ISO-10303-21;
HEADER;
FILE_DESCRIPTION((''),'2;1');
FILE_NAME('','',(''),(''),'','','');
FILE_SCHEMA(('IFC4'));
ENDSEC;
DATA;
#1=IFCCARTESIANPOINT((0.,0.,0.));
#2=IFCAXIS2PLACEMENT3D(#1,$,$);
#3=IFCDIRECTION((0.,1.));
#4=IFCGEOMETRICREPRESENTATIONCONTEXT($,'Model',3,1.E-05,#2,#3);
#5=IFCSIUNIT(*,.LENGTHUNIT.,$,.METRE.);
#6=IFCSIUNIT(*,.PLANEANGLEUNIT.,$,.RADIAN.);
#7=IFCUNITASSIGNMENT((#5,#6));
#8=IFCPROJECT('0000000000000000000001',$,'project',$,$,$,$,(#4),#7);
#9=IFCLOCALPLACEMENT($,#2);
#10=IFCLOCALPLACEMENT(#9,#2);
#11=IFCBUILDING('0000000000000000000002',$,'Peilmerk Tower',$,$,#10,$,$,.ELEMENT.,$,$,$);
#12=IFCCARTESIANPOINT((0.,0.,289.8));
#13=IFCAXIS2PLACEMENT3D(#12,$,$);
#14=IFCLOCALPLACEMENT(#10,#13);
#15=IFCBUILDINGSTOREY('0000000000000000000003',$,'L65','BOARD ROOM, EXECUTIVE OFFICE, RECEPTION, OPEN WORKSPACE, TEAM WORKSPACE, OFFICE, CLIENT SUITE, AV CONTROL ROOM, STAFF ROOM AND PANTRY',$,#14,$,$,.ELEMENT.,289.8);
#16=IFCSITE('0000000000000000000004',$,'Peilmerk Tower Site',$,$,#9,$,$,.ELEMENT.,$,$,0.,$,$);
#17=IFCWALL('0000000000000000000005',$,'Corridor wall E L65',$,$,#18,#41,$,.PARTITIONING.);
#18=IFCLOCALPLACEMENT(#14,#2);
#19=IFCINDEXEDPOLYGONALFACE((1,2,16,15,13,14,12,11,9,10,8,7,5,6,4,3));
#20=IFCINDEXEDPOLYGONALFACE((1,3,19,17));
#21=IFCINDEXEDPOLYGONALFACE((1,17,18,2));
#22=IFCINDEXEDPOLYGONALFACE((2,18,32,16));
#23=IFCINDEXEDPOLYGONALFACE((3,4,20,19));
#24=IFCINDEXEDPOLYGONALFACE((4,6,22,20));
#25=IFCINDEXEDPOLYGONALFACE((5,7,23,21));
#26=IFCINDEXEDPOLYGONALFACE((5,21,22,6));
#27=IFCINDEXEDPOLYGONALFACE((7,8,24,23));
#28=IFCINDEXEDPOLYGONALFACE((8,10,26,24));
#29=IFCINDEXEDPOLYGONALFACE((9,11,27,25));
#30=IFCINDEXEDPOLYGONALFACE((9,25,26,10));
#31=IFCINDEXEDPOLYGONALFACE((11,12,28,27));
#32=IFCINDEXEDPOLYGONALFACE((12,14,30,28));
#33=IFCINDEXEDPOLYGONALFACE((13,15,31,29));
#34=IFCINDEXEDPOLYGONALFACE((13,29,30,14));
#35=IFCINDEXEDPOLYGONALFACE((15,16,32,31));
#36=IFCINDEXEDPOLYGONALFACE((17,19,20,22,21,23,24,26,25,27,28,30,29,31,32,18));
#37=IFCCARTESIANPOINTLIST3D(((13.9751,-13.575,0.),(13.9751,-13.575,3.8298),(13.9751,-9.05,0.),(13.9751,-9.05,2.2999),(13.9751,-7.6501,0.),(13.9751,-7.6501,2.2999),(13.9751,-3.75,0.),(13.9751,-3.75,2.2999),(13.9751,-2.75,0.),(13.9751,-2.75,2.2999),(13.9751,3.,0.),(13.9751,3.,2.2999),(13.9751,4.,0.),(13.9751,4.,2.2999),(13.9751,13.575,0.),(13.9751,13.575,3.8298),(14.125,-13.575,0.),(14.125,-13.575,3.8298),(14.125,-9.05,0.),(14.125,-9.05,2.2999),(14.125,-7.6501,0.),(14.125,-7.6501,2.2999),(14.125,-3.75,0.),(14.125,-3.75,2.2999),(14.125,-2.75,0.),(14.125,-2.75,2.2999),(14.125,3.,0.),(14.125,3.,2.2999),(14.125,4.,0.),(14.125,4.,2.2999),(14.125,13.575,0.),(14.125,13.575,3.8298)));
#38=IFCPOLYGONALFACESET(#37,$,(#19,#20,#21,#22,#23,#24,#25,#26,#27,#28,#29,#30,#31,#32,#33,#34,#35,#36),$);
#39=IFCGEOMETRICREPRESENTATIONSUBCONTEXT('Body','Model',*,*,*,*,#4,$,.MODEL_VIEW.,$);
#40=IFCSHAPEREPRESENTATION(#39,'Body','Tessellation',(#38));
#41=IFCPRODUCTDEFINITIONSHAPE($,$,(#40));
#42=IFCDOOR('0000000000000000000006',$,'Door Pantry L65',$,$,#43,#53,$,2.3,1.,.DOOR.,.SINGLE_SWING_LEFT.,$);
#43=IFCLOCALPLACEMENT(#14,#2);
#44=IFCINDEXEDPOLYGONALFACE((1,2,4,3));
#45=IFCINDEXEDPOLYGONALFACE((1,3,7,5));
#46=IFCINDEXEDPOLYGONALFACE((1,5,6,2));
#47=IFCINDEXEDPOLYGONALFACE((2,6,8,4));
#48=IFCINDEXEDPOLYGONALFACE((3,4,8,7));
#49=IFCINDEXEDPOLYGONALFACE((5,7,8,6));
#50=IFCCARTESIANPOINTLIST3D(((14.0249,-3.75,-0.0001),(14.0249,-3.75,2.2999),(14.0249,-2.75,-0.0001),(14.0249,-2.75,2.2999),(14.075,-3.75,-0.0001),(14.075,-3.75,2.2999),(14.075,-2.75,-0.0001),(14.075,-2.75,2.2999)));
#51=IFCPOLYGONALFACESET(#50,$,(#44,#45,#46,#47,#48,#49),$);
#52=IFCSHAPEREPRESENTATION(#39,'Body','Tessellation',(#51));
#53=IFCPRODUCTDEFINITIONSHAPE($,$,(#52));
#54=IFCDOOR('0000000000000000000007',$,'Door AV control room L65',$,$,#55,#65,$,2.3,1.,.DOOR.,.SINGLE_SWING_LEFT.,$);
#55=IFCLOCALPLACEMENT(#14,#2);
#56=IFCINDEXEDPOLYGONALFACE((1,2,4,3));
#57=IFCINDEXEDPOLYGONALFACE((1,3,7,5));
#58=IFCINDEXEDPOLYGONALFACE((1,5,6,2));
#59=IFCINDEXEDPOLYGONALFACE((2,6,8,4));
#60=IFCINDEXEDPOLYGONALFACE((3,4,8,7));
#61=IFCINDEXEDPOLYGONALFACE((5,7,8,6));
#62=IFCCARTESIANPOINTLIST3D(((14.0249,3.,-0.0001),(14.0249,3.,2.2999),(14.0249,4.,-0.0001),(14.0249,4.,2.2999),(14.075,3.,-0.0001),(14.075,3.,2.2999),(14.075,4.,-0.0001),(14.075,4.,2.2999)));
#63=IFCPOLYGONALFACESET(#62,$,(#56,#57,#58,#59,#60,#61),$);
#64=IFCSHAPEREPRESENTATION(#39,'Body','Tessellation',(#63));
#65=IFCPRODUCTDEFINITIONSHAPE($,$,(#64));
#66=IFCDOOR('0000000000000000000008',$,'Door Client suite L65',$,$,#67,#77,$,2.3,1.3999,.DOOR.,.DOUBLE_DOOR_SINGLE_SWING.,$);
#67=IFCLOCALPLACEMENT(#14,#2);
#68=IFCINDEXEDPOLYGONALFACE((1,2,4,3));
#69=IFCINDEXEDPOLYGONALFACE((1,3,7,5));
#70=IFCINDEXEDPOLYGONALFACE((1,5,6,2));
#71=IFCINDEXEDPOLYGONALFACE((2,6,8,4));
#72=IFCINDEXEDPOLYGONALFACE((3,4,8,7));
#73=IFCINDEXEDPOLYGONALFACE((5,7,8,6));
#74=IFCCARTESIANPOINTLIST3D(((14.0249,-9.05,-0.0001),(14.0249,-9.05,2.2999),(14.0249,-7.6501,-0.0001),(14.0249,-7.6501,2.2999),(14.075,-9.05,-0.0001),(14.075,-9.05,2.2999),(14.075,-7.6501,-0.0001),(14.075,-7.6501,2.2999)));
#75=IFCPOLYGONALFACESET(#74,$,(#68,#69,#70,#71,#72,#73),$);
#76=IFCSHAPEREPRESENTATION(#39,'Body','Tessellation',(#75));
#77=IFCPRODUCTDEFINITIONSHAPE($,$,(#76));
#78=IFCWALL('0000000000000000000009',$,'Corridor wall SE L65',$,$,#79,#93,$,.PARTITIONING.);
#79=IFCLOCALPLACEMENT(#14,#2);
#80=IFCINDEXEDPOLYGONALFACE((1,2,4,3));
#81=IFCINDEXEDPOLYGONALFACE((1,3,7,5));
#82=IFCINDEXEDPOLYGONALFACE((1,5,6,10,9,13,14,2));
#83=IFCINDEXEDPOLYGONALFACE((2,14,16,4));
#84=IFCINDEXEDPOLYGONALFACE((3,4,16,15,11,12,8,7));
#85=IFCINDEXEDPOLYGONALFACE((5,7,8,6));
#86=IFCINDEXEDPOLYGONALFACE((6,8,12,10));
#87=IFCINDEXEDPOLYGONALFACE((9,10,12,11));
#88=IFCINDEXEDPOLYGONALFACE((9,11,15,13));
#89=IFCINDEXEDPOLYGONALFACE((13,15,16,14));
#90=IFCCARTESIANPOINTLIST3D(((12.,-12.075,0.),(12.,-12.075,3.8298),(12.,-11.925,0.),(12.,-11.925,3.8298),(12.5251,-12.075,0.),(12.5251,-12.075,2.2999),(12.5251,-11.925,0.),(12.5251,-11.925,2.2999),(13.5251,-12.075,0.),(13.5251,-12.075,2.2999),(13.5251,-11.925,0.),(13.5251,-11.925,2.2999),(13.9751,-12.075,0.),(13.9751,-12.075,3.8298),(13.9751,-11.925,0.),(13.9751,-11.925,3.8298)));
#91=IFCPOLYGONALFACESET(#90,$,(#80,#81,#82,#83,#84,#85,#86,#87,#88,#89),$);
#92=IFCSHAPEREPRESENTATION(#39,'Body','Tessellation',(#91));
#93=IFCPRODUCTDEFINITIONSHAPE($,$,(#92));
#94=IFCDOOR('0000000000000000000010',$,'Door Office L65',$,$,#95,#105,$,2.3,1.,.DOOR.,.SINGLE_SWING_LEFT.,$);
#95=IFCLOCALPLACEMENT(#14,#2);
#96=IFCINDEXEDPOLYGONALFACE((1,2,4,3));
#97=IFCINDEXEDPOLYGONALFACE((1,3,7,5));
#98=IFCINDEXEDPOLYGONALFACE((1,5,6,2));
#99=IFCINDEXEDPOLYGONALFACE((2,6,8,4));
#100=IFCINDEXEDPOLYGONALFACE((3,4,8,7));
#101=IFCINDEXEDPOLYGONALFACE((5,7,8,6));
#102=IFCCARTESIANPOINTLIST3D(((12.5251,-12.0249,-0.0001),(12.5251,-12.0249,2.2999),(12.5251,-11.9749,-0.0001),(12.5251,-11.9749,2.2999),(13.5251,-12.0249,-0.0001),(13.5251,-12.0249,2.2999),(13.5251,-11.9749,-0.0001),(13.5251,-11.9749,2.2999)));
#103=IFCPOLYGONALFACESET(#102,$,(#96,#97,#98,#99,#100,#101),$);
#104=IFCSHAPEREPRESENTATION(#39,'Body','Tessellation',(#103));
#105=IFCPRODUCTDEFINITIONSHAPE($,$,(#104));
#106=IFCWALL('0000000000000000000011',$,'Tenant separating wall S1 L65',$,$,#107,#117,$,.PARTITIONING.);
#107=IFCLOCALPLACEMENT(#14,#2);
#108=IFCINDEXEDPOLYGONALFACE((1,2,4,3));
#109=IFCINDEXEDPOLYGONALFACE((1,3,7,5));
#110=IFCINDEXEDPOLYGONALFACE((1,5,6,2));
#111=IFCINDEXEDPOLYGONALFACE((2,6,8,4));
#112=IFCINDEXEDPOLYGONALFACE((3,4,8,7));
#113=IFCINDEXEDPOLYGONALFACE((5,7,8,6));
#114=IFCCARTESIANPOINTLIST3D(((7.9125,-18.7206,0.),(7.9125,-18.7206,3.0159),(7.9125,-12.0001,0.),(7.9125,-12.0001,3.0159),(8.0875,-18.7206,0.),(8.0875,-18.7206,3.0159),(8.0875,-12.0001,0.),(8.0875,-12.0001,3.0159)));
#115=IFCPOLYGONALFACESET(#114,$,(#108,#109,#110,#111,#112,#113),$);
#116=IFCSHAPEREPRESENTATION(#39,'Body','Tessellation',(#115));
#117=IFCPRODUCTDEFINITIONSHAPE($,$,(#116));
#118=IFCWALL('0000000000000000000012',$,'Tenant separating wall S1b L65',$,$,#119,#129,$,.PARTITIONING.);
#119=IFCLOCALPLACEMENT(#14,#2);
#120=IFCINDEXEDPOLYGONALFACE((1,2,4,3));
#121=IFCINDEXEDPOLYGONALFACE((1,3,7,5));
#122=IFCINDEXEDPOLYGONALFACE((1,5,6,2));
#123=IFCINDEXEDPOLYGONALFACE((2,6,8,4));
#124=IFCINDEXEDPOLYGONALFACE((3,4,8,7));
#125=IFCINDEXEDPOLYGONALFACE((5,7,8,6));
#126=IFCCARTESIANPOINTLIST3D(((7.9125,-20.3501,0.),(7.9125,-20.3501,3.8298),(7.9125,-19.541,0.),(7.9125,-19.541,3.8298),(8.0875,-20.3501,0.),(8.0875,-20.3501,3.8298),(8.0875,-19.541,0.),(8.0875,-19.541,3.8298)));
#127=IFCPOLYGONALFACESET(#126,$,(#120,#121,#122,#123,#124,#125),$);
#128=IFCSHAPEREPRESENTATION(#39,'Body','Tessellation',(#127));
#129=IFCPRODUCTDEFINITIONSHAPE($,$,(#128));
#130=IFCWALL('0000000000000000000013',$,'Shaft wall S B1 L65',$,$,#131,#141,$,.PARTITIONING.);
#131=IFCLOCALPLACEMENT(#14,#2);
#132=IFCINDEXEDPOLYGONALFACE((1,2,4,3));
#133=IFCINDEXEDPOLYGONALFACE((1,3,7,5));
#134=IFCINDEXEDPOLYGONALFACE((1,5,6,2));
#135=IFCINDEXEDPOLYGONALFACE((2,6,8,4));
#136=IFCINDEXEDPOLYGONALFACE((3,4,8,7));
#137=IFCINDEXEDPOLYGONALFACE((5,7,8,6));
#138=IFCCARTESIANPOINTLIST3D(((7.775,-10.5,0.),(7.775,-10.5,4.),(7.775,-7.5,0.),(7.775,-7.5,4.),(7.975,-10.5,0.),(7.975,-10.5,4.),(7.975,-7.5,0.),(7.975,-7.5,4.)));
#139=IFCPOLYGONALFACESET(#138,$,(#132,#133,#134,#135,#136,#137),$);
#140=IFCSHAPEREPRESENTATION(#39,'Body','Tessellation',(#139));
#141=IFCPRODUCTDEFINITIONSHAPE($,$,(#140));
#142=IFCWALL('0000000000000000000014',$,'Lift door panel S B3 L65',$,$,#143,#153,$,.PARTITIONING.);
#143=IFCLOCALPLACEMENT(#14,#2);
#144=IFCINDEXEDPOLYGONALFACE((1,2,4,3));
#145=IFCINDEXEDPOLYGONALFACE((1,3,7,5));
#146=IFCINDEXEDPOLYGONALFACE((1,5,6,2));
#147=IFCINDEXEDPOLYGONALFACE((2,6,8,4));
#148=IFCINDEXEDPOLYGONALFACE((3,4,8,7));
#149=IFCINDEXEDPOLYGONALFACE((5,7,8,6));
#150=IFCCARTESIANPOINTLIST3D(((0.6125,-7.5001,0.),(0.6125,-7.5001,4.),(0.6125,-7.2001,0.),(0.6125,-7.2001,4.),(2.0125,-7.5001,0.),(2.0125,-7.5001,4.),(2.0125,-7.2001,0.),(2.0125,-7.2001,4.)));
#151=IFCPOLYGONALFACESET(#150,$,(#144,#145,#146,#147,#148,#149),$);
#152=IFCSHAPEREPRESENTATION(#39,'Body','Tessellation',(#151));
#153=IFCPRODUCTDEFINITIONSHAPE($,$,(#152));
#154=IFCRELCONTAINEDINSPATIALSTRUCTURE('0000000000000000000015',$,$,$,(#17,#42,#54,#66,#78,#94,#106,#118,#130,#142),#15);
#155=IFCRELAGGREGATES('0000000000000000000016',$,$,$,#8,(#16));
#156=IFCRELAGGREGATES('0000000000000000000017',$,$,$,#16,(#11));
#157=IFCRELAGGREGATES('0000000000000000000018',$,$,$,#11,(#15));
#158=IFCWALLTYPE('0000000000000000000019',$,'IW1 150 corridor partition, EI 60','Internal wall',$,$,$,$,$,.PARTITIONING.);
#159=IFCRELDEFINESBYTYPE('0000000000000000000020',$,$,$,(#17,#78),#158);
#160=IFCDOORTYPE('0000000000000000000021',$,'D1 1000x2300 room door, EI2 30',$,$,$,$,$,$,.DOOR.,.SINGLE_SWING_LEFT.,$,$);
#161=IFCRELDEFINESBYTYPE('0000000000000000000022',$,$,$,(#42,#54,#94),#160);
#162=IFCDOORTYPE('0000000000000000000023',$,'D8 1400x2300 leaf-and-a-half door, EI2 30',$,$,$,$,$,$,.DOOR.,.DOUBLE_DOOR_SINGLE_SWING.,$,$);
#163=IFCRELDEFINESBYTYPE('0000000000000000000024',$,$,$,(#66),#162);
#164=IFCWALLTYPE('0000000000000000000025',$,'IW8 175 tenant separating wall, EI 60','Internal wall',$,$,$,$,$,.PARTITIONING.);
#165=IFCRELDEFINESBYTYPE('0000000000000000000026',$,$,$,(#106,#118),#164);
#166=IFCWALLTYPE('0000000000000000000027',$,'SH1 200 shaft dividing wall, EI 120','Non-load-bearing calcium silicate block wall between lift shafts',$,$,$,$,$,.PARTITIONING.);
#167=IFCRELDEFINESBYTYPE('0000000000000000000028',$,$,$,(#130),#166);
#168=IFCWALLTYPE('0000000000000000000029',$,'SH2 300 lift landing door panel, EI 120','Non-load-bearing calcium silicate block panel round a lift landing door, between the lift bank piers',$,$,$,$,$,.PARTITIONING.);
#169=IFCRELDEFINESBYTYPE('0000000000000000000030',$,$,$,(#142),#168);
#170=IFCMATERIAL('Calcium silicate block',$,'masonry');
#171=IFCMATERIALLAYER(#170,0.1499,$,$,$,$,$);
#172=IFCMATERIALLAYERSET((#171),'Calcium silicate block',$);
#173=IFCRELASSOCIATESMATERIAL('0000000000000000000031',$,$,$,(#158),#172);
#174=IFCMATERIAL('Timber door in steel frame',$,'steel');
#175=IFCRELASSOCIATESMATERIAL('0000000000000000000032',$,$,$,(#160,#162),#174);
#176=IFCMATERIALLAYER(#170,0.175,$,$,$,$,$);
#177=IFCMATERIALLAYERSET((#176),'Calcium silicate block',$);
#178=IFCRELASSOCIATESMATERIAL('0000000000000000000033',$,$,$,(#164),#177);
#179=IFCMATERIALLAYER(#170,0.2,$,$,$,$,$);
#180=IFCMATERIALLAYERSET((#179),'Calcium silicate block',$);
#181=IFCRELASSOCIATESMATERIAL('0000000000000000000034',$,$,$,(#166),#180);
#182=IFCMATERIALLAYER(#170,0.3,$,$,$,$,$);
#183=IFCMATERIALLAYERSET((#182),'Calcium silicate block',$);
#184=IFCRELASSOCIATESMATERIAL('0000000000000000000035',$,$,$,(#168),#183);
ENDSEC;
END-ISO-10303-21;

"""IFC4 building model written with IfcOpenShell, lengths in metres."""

from ifc_helpers import new_model, si_unit, direction, frame, frame_2d, origin, place, context, subcontext, project, spatial, rectangle, extrude, material, layer, layer_set, type_object, element, fill, save


model = new_model("IFC4")

# Units and contexts
model_context = context("Model", 3, precision=1e-05, world=origin(), true_north=direction((0.0, 1.0)))
body_context = subcontext(model_context, "Body", "Model", "MODEL_VIEW")
ifc_project = project(units=[si_unit("LENGTHUNIT", "METRE"), si_unit("PLANEANGLEUNIT", "RADIAN")], contexts=[model_context])

# Site, building, storey
site_placement = place(None, origin())
site = spatial("IfcSite", under=ifc_project, at=site_placement, Name="Peilmerk Tower Site", CompositionType="ELEMENT", RefElevation=0.0)
building_placement = place(site_placement, origin())
building = spatial("IfcBuilding", under=site, at=building_placement, Name="Peilmerk Tower", CompositionType="ELEMENT")
storey_placement = place(building_placement, frame((0.0, 0.0, 289.8)))
storey = spatial("IfcBuildingStorey", under=building, at=storey_placement, Name="L65", Description="BOARD ROOM, EXECUTIVE OFFICE, RECEPTION, OPEN WORKSPACE, TEAM WORKSPACE, OFFICE, CLIENT SUITE, AV CONTROL ROOM, STAFF ROOM AND PANTRY", CompositionType="ELEMENT", Elevation=289.8)

# Wall, openings, doors
ifc_material_1 = material(Name="Calcium silicate block", Category="masonry")
ifc_layer_1 = layer(ifc_material_1, 0.1499)
ifc_layer_set_1 = layer_set([ifc_layer_1], Name="Calcium silicate block")
wall_type_1 = type_object("IfcWallType", Name="IW1 150 corridor partition, EI 60", Description="Internal wall", PredefinedType="PARTITIONING", material=ifc_layer_set_1)
wall_1_placement = place(storey_placement, frame((14.05, -13.575, 0.0), z_axis=(0.0, 0.0, 1.0), x_axis=(0.0, 1.0, 0.0)))
wall_1 = element("IfcWall", 1, at=wall_1_placement, inside=storey, type_object=wall_type_1, Name="Corridor wall E L65", PredefinedType="PARTITIONING", context=body_context, shape_type="SweptSolid", body=[
    extrude(rectangle(XDim=27.1499, YDim=0.1499, at=frame_2d((13.575, 0.0))), origin(), (0.0, 0.0, 1.0), 3.8298),
])
opening_1_placement = place(wall_1_placement, frame((4.5249, 0.0, 0.0)))
opening_1 = element("IfcOpeningElement", 2, at=opening_1_placement, cuts=wall_1, PredefinedType="OPENING", context=body_context, shape_type="SweptSolid", body=[
    extrude(rectangle(XDim=1.3999, YDim=2.3, at=frame_2d((0.7, 1.1499))), frame((0.0, 0.085, 0.0), z_axis=(0.0, -1.0, 0.0), x_axis=(1.0, 0.0, 0.0)), (0.0, 0.0, 1.0), 0.1699),
])
opening_2_placement = place(wall_1_placement, frame((9.825, 0.0, 0.0)))
opening_2 = element("IfcOpeningElement", 3, at=opening_2_placement, cuts=wall_1, PredefinedType="OPENING", context=body_context, shape_type="SweptSolid", body=[
    extrude(rectangle(XDim=1.0, YDim=2.3, at=frame_2d((0.5, 1.1499))), frame((0.0, 0.085, 0.0), z_axis=(0.0, -1.0, 0.0), x_axis=(1.0, 0.0, 0.0)), (0.0, 0.0, 1.0), 0.1699),
])
opening_3_placement = place(wall_1_placement, frame((16.575, 0.0, 0.0)))
opening_3 = element("IfcOpeningElement", 4, at=opening_3_placement, cuts=wall_1, PredefinedType="OPENING", context=body_context, shape_type="SweptSolid", body=[
    extrude(rectangle(XDim=1.0, YDim=2.3, at=frame_2d((0.5, 1.1499))), frame((0.0, 0.085, 0.0), z_axis=(0.0, -1.0, 0.0), x_axis=(1.0, 0.0, 0.0)), (0.0, 0.0, 1.0), 0.1699),
])
ifc_material_2 = material(Name="Timber door in steel frame", Category="steel")
door_type_1 = type_object("IfcDoorType", Name="D1 1000x2300 room door, EI2 30", OperationType="SINGLE_SWING_LEFT", PredefinedType="DOOR", material=ifc_material_2)
door_1_placement = place(opening_2_placement, frame((1.0, 0.0, 0.0), z_axis=(0.0, 0.0, 1.0), x_axis=(-1.0, 0.0, 0.0)))
door_1 = element("IfcDoor", 5, at=door_1_placement, inside=storey, type_object=door_type_1, Name="Door Pantry L65", OperationType="SINGLE_SWING_LEFT", OverallHeight=2.3, OverallWidth=1.0, PredefinedType="DOOR", context=body_context, shape_type="SweptSolid", body=[
    extrude(rectangle(XDim=1.0, YDim=2.3, at=frame_2d((0.5, 1.1499))), frame((0.0, 0.0249, 0.0), z_axis=(0.0, -1.0, 0.0), x_axis=(1.0, 0.0, 0.0)), (0.0, 0.0, 1.0), 0.05),
])
fill(opening_2, door_1)
door_2_placement = place(opening_3_placement, frame((1.0, 0.0, 0.0), z_axis=(0.0, 0.0, 1.0), x_axis=(-1.0, 0.0, 0.0)))
door_2 = element("IfcDoor", 6, at=door_2_placement, inside=storey, type_object=door_type_1, Name="Door AV control room L65", OperationType="SINGLE_SWING_LEFT", OverallHeight=2.3, OverallWidth=1.0, PredefinedType="DOOR", context=body_context, shape_type="SweptSolid", body=[
    extrude(rectangle(XDim=1.0, YDim=2.3, at=frame_2d((0.5, 1.1499))), frame((0.0, 0.0249, 0.0), z_axis=(0.0, -1.0, 0.0), x_axis=(1.0, 0.0, 0.0)), (0.0, 0.0, 1.0), 0.05),
])
fill(opening_3, door_2)
door_type_2 = type_object("IfcDoorType", Name="D8 1400x2300 leaf-and-a-half door, EI2 30", OperationType="DOUBLE_DOOR_SINGLE_SWING", PredefinedType="DOOR", material=ifc_material_2)
door_3_placement = place(opening_1_placement, frame((1.3999, 0.0, 0.0), z_axis=(0.0, 0.0, 1.0), x_axis=(-1.0, 0.0, 0.0)))
door_3 = element("IfcDoor", 7, at=door_3_placement, inside=storey, type_object=door_type_2, Name="Door Client suite L65", OperationType="DOUBLE_DOOR_SINGLE_SWING", OverallHeight=2.3, OverallWidth=1.3999, PredefinedType="DOOR", context=body_context, shape_type="SweptSolid", body=[
    extrude(rectangle(XDim=1.3999, YDim=2.3, at=frame_2d((0.7, 1.1499))), frame((0.0, 0.0249, 0.0), z_axis=(0.0, -1.0, 0.0), x_axis=(1.0, 0.0, 0.0)), (0.0, 0.0, 1.0), 0.05),
])
fill(opening_1, door_3)

# Wall, opening, door
wall_2_placement = place(storey_placement, frame((13.9751, -12.0, 0.0), z_axis=(0.0, 0.0, 1.0), x_axis=(-1.0, 0.0, 0.0)))
wall_2 = element("IfcWall", 8, at=wall_2_placement, inside=storey, type_object=wall_type_1, Name="Corridor wall SE L65", PredefinedType="PARTITIONING", context=body_context, shape_type="SweptSolid", body=[
    extrude(rectangle(XDim=1.9751, YDim=0.1499, at=frame_2d((0.9875, 0.0))), origin(), (0.0, 0.0, 1.0), 3.8298),
])
opening_4_placement = place(wall_2_placement, frame((0.45, 0.0, 0.0)))
opening_4 = element("IfcOpeningElement", 9, at=opening_4_placement, cuts=wall_2, PredefinedType="OPENING", context=body_context, shape_type="SweptSolid", body=[
    extrude(rectangle(XDim=1.0, YDim=2.3, at=frame_2d((0.5, 1.1499))), frame((0.0, 0.085, 0.0), z_axis=(0.0, -1.0, 0.0), x_axis=(1.0, 0.0, 0.0)), (0.0, 0.0, 1.0), 0.1699),
])
door_4_placement = place(opening_4_placement, origin())
door_4 = element("IfcDoor", 10, at=door_4_placement, inside=storey, type_object=door_type_1, Name="Door Office L65", OperationType="SINGLE_SWING_LEFT", OverallHeight=2.3, OverallWidth=1.0, PredefinedType="DOOR", context=body_context, shape_type="SweptSolid", body=[
    extrude(rectangle(XDim=1.0, YDim=2.3, at=frame_2d((0.5, 1.1499))), frame((0.0, 0.0249, 0.0), z_axis=(0.0, -1.0, 0.0), x_axis=(1.0, 0.0, 0.0)), (0.0, 0.0, 1.0), 0.05),
])
fill(opening_4, door_4)

# Walls
ifc_layer_2 = layer(ifc_material_1, 0.175)
ifc_layer_set_2 = layer_set([ifc_layer_2], Name="Calcium silicate block")
wall_type_2 = type_object("IfcWallType", Name="IW8 175 tenant separating wall, EI 60", Description="Internal wall", PredefinedType="PARTITIONING", material=ifc_layer_set_2)
wall_3_placement = place(storey_placement, frame((8.0, -12.0, 0.0), z_axis=(0.0, 0.0, 1.0), x_axis=(0.0, -1.0, 0.0)))
element("IfcWall", 11, at=wall_3_placement, inside=storey, type_object=wall_type_2, Name="Tenant separating wall S1 L65", PredefinedType="PARTITIONING", context=body_context, shape_type="SweptSolid", body=[
    extrude(rectangle(XDim=6.7205, YDim=0.175, at=frame_2d((3.3604, 0.0))), origin(), (0.0, 0.0, 1.0), 3.0159),
])
wall_4_placement = place(storey_placement, frame((8.0, -19.541, 0.0), z_axis=(0.0, 0.0, 1.0), x_axis=(0.0, -1.0, 0.0)))
element("IfcWall", 12, at=wall_4_placement, inside=storey, type_object=wall_type_2, Name="Tenant separating wall S1b L65", PredefinedType="PARTITIONING", context=body_context, shape_type="SweptSolid", body=[
    extrude(rectangle(XDim=0.8091, YDim=0.175, at=frame_2d((0.4045, 0.0))), origin(), (0.0, 0.0, 1.0), 3.8298),
])
ifc_layer_3 = layer(ifc_material_1, 0.2)
ifc_layer_set_3 = layer_set([ifc_layer_3], Name="Calcium silicate block")
wall_type_3 = type_object("IfcWallType", Name="SH1 200 shaft dividing wall, EI 120", Description="Non-load-bearing calcium silicate block wall between lift shafts", PredefinedType="PARTITIONING", material=ifc_layer_set_3)
wall_5_placement = place(storey_placement, frame((7.875, -10.5, 0.0), z_axis=(0.0, 0.0, 1.0), x_axis=(0.0, 1.0, 0.0)))
element("IfcWall", 13, at=wall_5_placement, inside=storey, type_object=wall_type_3, Name="Shaft wall S B1 L65", PredefinedType="PARTITIONING", context=body_context, shape_type="SweptSolid", body=[
    extrude(rectangle(XDim=3.0, YDim=0.2, at=frame_2d((1.5, 0.0))), origin(), (0.0, 0.0, 1.0), 4.0),
])
ifc_layer_4 = layer(ifc_material_1, 0.3)
ifc_layer_set_4 = layer_set([ifc_layer_4], Name="Calcium silicate block")
wall_type_4 = type_object("IfcWallType", Name="SH2 300 lift landing door panel, EI 120", Description="Non-load-bearing calcium silicate block panel round a lift landing door, between the lift bank piers", PredefinedType="PARTITIONING", material=ifc_layer_set_4)
wall_6_placement = place(storey_placement, frame((0.6125, -7.3501, 0.0), z_axis=(0.0, 0.0, 1.0), x_axis=(1.0, 0.0, 0.0)))
element("IfcWall", 14, at=wall_6_placement, inside=storey, type_object=wall_type_4, Name="Lift door panel S B3 L65", PredefinedType="PARTITIONING", context=body_context, shape_type="SweptSolid", body=[
    extrude(rectangle(XDim=1.3999, YDim=0.3, at=frame_2d((0.7, 0.0))), origin(), (0.0, 0.0, 1.0), 4.0),
])

save(model, "model.ifc")
